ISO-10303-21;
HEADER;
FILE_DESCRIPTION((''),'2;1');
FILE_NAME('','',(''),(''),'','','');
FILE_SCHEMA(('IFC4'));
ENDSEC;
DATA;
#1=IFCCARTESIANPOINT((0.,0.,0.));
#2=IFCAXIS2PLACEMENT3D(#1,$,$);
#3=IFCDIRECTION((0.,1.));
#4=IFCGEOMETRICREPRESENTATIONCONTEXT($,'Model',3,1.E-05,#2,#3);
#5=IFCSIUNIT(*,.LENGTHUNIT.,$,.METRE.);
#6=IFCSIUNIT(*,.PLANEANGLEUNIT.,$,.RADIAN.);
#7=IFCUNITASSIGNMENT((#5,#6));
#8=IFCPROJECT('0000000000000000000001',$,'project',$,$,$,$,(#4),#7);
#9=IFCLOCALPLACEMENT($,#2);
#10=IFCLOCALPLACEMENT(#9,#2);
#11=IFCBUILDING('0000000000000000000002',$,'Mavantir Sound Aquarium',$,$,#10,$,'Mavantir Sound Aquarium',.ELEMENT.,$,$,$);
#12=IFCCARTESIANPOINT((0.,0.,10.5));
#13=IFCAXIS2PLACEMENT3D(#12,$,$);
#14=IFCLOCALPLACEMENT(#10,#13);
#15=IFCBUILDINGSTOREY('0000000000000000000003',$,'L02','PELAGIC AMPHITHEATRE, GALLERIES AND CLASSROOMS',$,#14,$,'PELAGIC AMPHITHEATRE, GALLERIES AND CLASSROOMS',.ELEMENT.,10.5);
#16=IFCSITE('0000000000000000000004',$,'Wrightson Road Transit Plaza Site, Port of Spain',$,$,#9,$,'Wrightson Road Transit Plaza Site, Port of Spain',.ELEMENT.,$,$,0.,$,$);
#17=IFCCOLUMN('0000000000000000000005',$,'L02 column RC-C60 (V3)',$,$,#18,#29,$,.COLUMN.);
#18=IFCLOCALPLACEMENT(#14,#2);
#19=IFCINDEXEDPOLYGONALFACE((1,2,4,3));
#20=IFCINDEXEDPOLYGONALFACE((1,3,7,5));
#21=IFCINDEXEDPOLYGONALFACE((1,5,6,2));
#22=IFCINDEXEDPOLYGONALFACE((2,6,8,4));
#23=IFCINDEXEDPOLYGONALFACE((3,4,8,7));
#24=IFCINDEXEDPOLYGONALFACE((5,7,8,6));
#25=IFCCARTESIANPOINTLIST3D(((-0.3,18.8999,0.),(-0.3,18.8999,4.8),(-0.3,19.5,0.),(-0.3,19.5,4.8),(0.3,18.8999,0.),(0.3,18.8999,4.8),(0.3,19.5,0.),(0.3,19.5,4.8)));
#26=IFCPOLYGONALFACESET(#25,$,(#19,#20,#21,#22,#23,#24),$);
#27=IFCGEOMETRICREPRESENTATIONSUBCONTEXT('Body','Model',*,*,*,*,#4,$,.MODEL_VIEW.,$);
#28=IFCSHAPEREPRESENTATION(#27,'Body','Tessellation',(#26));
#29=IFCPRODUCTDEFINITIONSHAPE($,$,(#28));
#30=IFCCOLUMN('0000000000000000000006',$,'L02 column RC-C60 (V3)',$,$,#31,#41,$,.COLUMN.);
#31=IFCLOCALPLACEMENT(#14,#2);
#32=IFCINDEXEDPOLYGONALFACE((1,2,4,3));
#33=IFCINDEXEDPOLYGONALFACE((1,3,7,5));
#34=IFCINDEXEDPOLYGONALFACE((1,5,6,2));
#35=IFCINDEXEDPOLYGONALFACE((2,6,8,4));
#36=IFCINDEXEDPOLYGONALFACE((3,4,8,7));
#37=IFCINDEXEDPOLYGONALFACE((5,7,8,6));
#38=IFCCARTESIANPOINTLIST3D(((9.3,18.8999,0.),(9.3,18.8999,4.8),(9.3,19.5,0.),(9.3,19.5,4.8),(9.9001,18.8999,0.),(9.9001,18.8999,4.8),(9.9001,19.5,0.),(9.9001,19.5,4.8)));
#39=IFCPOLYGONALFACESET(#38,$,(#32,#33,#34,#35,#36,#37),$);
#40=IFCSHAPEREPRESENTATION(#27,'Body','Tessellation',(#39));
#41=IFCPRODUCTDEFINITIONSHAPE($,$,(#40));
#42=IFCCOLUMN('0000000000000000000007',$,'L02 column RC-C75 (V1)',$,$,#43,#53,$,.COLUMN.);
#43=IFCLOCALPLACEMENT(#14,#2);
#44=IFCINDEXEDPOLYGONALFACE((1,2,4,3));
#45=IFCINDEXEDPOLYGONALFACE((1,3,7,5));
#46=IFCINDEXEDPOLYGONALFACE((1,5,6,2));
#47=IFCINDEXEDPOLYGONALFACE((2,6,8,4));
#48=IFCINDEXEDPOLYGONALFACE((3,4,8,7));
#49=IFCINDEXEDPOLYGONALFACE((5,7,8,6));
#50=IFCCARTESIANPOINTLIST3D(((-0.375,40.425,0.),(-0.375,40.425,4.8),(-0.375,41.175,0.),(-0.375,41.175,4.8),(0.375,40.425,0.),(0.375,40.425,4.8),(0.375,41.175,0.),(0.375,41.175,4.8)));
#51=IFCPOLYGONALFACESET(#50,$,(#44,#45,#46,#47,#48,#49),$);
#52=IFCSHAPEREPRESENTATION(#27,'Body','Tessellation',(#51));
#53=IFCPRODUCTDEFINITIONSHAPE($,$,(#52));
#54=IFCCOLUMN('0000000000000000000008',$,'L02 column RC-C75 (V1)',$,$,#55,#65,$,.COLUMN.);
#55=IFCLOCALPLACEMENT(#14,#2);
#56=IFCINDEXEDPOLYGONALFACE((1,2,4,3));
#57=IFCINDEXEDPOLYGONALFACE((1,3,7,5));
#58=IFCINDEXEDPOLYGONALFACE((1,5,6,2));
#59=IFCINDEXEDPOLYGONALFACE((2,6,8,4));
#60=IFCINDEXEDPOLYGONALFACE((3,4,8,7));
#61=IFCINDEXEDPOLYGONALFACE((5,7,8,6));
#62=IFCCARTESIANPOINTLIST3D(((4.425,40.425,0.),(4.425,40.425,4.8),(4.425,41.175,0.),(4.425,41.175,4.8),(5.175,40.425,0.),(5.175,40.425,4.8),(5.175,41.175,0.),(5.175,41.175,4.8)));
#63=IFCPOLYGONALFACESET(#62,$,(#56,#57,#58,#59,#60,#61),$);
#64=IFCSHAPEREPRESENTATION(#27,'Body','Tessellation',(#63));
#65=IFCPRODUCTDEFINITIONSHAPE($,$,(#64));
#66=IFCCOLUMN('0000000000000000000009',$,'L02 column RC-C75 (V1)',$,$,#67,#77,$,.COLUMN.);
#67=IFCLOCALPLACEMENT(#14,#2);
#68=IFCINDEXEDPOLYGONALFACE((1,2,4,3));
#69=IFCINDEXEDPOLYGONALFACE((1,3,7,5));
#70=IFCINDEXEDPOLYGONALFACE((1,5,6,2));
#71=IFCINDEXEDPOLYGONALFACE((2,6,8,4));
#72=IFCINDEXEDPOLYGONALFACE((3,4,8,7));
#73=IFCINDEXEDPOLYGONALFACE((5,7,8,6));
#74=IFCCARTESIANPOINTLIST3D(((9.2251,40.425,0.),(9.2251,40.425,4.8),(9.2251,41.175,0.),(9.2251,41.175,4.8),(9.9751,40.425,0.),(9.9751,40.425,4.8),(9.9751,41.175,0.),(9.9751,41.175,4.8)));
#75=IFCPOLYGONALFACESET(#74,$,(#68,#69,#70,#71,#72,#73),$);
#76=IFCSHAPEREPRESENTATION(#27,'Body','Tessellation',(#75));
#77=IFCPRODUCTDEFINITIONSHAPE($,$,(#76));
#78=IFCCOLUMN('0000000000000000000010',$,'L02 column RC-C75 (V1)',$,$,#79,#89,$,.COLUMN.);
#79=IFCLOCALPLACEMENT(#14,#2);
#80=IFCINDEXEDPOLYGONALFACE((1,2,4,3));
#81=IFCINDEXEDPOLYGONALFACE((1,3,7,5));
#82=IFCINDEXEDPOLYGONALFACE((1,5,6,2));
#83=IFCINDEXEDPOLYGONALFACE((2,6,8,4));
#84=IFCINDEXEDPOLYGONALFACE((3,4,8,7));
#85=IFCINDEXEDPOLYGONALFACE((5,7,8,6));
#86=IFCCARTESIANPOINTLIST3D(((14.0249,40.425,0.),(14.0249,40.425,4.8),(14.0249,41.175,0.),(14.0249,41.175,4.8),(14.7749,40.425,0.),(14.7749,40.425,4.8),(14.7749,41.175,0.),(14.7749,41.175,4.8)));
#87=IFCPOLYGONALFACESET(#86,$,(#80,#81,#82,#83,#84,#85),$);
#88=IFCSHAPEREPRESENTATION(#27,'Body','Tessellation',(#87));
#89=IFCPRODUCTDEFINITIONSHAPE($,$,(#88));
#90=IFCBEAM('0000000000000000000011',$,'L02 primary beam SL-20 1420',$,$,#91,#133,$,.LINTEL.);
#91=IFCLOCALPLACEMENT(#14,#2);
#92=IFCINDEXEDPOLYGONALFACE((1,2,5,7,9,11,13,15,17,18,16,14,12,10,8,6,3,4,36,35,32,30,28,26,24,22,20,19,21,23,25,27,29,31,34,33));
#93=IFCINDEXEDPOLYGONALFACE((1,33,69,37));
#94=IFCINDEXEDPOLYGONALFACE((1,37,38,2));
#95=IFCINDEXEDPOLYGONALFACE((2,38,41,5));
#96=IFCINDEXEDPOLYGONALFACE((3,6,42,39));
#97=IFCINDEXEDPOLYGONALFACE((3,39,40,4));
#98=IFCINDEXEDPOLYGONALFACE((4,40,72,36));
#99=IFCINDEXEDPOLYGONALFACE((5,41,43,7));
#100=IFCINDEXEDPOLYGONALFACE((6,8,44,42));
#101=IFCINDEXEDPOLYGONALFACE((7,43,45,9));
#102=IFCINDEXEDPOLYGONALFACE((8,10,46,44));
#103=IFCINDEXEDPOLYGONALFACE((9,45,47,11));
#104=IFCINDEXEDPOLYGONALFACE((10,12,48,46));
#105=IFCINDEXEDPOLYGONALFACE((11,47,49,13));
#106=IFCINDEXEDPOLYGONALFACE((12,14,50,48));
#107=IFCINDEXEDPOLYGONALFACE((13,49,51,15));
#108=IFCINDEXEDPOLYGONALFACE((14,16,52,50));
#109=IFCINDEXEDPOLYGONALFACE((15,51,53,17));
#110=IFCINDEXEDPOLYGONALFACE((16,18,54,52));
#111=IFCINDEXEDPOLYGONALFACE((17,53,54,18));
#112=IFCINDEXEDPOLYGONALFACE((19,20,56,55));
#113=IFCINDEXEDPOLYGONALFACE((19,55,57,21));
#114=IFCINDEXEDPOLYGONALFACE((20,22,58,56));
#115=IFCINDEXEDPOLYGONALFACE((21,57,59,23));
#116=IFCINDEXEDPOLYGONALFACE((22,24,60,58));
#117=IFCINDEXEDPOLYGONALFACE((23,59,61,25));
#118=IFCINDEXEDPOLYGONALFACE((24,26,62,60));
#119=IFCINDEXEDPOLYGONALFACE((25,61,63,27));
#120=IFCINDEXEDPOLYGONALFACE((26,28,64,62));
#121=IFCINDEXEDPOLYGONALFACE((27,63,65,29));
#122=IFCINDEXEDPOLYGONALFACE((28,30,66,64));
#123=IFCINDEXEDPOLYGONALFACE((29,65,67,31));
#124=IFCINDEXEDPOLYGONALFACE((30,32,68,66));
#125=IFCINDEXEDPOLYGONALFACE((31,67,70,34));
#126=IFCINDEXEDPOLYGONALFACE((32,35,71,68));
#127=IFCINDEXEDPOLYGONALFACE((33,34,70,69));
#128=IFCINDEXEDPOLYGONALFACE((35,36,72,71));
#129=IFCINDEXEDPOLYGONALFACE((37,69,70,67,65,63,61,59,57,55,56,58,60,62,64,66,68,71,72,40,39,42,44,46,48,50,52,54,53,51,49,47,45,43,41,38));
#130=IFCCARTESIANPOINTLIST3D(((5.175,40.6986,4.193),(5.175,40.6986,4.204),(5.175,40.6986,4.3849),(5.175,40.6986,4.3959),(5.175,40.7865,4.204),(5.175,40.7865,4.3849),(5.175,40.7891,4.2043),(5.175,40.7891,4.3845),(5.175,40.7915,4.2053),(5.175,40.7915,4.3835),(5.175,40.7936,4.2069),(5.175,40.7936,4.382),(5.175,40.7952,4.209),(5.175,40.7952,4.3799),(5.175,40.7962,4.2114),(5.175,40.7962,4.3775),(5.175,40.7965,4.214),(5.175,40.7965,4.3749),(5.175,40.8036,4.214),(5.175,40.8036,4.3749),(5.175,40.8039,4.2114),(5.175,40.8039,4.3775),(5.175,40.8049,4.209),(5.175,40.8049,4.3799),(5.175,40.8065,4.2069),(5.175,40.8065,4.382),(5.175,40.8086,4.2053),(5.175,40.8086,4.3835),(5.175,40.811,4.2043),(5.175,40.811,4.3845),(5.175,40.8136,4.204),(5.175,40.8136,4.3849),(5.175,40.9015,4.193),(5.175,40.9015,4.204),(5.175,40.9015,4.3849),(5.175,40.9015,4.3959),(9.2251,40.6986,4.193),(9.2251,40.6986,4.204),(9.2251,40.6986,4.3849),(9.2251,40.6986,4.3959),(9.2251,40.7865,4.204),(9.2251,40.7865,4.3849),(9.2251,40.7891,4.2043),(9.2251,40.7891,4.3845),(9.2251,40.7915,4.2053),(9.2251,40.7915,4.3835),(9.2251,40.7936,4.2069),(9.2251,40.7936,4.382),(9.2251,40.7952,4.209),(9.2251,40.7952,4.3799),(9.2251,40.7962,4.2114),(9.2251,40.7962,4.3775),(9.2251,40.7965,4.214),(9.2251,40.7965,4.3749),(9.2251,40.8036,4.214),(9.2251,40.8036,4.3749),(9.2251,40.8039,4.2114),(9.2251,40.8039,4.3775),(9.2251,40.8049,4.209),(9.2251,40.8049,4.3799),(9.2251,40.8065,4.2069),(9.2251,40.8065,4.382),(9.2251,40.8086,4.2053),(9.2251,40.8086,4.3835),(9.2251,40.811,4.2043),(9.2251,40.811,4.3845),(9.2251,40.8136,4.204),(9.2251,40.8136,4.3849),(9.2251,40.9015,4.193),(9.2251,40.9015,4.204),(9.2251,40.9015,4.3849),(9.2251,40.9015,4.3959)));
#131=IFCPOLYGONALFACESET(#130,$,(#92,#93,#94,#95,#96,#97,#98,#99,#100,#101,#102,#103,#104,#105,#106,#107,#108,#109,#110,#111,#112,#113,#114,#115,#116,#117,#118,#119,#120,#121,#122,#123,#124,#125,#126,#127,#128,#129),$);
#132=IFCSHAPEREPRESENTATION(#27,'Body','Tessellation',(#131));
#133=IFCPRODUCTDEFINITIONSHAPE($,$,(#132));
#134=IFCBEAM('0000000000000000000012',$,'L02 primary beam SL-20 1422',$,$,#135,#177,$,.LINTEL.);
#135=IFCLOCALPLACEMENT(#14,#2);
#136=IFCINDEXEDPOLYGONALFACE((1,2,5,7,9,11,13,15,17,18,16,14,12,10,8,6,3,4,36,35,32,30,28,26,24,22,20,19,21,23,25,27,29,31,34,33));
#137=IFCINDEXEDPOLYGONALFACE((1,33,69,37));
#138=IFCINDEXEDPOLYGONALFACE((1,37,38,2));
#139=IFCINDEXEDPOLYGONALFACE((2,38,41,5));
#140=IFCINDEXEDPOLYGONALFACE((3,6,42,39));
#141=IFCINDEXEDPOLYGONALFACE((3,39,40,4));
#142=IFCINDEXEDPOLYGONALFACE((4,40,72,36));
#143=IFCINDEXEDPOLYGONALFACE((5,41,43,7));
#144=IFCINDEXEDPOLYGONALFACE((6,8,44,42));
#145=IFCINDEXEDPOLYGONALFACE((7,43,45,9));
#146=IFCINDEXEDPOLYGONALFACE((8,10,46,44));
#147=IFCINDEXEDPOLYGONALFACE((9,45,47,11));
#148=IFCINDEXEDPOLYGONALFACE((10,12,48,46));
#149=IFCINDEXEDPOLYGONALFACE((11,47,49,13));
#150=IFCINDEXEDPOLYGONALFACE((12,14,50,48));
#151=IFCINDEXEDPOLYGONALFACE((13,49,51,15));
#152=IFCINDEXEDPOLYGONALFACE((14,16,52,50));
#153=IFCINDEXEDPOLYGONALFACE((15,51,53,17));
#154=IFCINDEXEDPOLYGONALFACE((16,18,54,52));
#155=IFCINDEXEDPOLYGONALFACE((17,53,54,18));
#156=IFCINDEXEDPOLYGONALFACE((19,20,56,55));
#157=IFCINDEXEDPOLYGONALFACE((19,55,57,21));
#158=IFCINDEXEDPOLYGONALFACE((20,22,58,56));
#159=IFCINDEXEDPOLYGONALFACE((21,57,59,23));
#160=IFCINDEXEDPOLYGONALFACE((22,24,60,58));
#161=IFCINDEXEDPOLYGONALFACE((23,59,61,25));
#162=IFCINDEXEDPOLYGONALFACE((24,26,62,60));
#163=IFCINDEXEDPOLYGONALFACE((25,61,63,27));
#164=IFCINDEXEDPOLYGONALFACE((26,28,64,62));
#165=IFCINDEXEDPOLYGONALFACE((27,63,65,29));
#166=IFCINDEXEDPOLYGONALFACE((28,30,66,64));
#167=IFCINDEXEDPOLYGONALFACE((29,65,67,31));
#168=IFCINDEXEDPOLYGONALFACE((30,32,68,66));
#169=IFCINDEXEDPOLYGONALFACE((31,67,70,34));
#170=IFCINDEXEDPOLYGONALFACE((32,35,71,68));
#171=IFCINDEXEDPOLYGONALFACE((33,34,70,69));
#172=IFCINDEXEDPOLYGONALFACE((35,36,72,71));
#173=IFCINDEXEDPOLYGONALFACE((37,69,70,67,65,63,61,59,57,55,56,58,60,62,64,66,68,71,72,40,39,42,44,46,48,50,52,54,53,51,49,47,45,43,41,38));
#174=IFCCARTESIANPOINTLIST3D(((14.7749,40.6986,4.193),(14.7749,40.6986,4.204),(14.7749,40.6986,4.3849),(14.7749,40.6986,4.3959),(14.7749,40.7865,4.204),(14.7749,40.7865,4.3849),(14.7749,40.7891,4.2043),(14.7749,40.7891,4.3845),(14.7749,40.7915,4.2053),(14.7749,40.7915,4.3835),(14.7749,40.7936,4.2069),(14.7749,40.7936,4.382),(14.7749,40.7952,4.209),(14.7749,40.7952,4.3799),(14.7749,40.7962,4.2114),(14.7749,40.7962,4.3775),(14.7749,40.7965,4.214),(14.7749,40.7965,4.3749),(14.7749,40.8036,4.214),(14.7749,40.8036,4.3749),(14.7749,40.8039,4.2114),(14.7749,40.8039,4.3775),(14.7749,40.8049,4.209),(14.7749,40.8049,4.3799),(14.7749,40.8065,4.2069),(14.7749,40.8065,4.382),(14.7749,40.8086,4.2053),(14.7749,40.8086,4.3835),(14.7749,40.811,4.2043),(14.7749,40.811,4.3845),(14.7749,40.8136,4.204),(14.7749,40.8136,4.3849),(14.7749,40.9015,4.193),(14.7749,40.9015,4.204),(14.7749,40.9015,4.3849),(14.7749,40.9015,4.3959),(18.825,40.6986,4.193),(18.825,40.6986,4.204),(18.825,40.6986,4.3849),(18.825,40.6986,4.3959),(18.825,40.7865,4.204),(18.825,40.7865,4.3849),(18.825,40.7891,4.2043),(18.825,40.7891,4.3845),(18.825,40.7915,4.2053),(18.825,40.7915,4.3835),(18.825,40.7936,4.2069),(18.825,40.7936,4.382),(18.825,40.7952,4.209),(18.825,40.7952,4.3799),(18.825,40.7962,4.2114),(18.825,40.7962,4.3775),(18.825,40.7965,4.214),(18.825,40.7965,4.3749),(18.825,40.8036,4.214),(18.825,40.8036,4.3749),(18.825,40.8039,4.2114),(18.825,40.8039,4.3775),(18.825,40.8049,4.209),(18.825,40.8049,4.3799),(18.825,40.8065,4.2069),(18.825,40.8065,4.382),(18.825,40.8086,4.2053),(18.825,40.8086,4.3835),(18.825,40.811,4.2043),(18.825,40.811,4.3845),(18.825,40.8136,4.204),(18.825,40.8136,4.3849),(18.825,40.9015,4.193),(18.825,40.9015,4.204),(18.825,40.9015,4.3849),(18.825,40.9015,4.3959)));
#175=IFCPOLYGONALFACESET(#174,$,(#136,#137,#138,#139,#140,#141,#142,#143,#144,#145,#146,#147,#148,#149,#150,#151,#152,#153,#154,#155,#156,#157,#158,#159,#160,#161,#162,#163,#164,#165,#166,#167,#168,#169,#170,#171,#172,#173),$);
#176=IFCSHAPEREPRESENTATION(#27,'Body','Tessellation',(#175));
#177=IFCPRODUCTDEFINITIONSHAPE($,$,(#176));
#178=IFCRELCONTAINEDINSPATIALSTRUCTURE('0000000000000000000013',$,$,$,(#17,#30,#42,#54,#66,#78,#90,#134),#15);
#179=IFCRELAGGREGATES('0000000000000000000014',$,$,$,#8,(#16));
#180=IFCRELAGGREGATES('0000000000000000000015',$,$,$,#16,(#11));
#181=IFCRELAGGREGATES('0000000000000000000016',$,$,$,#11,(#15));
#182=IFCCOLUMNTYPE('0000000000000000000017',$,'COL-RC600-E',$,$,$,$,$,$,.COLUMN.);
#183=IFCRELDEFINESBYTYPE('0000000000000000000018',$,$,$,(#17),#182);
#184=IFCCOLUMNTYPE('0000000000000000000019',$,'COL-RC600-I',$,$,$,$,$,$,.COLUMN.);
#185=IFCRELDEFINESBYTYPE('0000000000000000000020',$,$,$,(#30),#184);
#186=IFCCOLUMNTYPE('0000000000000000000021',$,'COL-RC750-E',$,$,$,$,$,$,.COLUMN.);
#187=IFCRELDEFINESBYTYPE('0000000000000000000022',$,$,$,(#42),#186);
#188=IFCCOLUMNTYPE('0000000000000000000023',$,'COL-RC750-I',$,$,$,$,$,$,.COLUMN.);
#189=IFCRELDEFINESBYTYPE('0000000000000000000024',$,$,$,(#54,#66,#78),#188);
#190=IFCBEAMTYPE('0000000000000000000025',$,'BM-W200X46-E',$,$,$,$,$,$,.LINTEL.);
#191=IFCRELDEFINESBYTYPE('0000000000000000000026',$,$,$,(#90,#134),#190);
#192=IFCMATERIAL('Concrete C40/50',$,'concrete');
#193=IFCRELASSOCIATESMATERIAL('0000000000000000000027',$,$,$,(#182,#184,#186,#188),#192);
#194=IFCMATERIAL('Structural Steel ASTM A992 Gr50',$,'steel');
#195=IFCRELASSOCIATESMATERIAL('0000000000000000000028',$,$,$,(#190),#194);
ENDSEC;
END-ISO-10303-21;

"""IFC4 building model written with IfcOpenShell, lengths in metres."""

from ifc_helpers import new_model, si_unit, direction, frame, origin, origin_2d, place, context, subcontext, project, spatial, rectangle, i_section, extrude, material, material_profile, profile_set, type_object, element, save


model = new_model("IFC4")

# Units and contexts
model_context = context("Model", 3, precision=1e-05, world=origin(), true_north=direction((0.0, 1.0)))
body_context = subcontext(model_context, "Body", "Model", "MODEL_VIEW")
ifc_project = project(units=[si_unit("LENGTHUNIT", "METRE"), si_unit("PLANEANGLEUNIT", "RADIAN")], contexts=[model_context])

# Site, building, storey
site_placement = place(None, origin())
site = spatial("IfcSite", under=ifc_project, at=site_placement, Name="Wrightson Road Transit Plaza Site, Port of Spain", LongName="Wrightson Road Transit Plaza Site, Port of Spain", CompositionType="ELEMENT", RefElevation=0.0)
building_placement = place(site_placement, origin())
building = spatial("IfcBuilding", under=site, at=building_placement, Name="Mavantir Sound Aquarium", LongName="Mavantir Sound Aquarium", CompositionType="ELEMENT")
storey_placement = place(building_placement, frame((0.0, 0.0, 10.5)))
storey = spatial("IfcBuildingStorey", under=building, at=storey_placement, Name="L02", Description="PELAGIC AMPHITHEATRE, GALLERIES AND CLASSROOMS", LongName="PELAGIC AMPHITHEATRE, GALLERIES AND CLASSROOMS", CompositionType="ELEMENT", Elevation=10.5)

# Columns
ifc_material_1 = material(Name="Concrete C40/50", Category="concrete")
ifc_material_profile_1 = material_profile(ifc_material_1, rectangle(XDim=0.6001, YDim=0.6001, at=origin_2d()), Name="RC 600X600")
ifc_profile_set_1 = profile_set([ifc_material_profile_1], Name="Concrete C40/50")
column_type_1 = type_object("IfcColumnType", Name="COL-RC600-E", PredefinedType="COLUMN", material=ifc_profile_set_1)
column_1_placement = place(storey_placement, frame((0.0, 19.2, 0.0), z_axis=(0.0, 0.0, 1.0), x_axis=(1.0, 0.0, 0.0)))
element("IfcColumn", 1, at=column_1_placement, inside=storey, type_object=column_type_1, Name="L02 column RC-C60 (V3)", PredefinedType="COLUMN", context=body_context, shape_type="SweptSolid", body=[
    extrude(rectangle(XDim=0.6001, YDim=0.6001, at=origin_2d()), origin(), (0.0, 0.0, 1.0), 4.8),
])
ifc_material_profile_2 = material_profile(ifc_material_1, rectangle(XDim=0.6001, YDim=0.6001, at=origin_2d()), Name="RC 600X600")
ifc_profile_set_2 = profile_set([ifc_material_profile_2], Name="Concrete C40/50")
column_type_2 = type_object("IfcColumnType", Name="COL-RC600-I", PredefinedType="COLUMN", material=ifc_profile_set_2)
column_2_placement = place(storey_placement, frame((9.6001, 19.2, 0.0), z_axis=(0.0, 0.0, 1.0), x_axis=(1.0, 0.0, 0.0)))
element("IfcColumn", 2, at=column_2_placement, inside=storey, type_object=column_type_2, Name="L02 column RC-C60 (V3)", PredefinedType="COLUMN", context=body_context, shape_type="SweptSolid", body=[
    extrude(rectangle(XDim=0.6001, YDim=0.6001, at=origin_2d()), origin(), (0.0, 0.0, 1.0), 4.8),
])
ifc_material_profile_3 = material_profile(ifc_material_1, rectangle(XDim=0.75, YDim=0.75, at=origin_2d()), Name="RC 750X750")
ifc_profile_set_3 = profile_set([ifc_material_profile_3], Name="Concrete C40/50")
column_type_3 = type_object("IfcColumnType", Name="COL-RC750-E", PredefinedType="COLUMN", material=ifc_profile_set_3)
column_3_placement = place(storey_placement, frame((0.0, 40.8, 0.0), z_axis=(0.0, 0.0, 1.0), x_axis=(1.0, 0.0, 0.0)))
element("IfcColumn", 3, at=column_3_placement, inside=storey, type_object=column_type_3, Name="L02 column RC-C75 (V1)", PredefinedType="COLUMN", context=body_context, shape_type="SweptSolid", body=[
    extrude(rectangle(XDim=0.75, YDim=0.75, at=origin_2d()), origin(), (0.0, 0.0, 1.0), 4.8),
])
ifc_material_profile_4 = material_profile(ifc_material_1, rectangle(XDim=0.75, YDim=0.75, at=origin_2d()), Name="RC 750X750")
ifc_profile_set_4 = profile_set([ifc_material_profile_4], Name="Concrete C40/50")
column_type_4 = type_object("IfcColumnType", Name="COL-RC750-I", PredefinedType="COLUMN", material=ifc_profile_set_4)
for number, where, z_axis, x_axis, name in (
    (4, (4.8, 40.8, 0.0), (0.0, 0.0, 1.0), (1.0, 0.0, 0.0), "L02 column RC-C75 (V1)"),
    (5, (9.6001, 40.8, 0.0), (0.0, 0.0, 1.0), (1.0, 0.0, 0.0), "L02 column RC-C75 (V1)"),
    (6, (14.3999, 40.8, 0.0), (0.0, 0.0, 1.0), (1.0, 0.0, 0.0), "L02 column RC-C75 (V1)"),
):
    element("IfcColumn", number, at=place(storey_placement, frame(where, z_axis=z_axis, x_axis=x_axis)), inside=storey, type_object=column_type_4, Name=name, PredefinedType="COLUMN", context=body_context, shape_type="SweptSolid", body=[
        extrude(rectangle(XDim=0.75, YDim=0.75, at=origin_2d()), origin(), (0.0, 0.0, 1.0), 4.8),
    ])

# Beams
ifc_material_2 = material(Name="Structural Steel ASTM A992 Gr50", Category="steel")
ifc_material_profile_5 = material_profile(ifc_material_2, i_section(OverallWidth=0.2029, OverallDepth=0.2029, WebThickness=0.0071, FlangeThickness=0.011, FilletRadius=0.01, at=origin_2d()), Name="W200X46")
ifc_profile_set_5 = profile_set([ifc_material_profile_5], Name="Structural Steel ASTM A992 Gr50")
beam_type_1 = type_object("IfcBeamType", Name="BM-W200X46-E", PredefinedType="LINTEL", material=ifc_profile_set_5)
for number, where, z_axis, x_axis, name in (
    (7, (5.175, 40.8, 4.2944), (1.0, 0.0, 0.0), (0.0, 1.0, 0.0), "L02 primary beam SL-20 1420"),
    (8, (14.7749, 40.8, 4.2944), (1.0, 0.0, 0.0), (0.0, 1.0, 0.0), "L02 primary beam SL-20 1422"),
):
    element("IfcBeam", number, at=place(storey_placement, frame(where, z_axis=z_axis, x_axis=x_axis)), inside=storey, type_object=beam_type_1, Name=name, PredefinedType="LINTEL", context=body_context, shape_type="SweptSolid", body=[
        extrude(i_section(OverallWidth=0.2029, OverallDepth=0.2029, WebThickness=0.0071, FlangeThickness=0.011, FilletRadius=0.01, at=origin_2d()), origin(), (0.0, 0.0, 1.0), 4.05),
    ])

save(model, "model.ifc")
